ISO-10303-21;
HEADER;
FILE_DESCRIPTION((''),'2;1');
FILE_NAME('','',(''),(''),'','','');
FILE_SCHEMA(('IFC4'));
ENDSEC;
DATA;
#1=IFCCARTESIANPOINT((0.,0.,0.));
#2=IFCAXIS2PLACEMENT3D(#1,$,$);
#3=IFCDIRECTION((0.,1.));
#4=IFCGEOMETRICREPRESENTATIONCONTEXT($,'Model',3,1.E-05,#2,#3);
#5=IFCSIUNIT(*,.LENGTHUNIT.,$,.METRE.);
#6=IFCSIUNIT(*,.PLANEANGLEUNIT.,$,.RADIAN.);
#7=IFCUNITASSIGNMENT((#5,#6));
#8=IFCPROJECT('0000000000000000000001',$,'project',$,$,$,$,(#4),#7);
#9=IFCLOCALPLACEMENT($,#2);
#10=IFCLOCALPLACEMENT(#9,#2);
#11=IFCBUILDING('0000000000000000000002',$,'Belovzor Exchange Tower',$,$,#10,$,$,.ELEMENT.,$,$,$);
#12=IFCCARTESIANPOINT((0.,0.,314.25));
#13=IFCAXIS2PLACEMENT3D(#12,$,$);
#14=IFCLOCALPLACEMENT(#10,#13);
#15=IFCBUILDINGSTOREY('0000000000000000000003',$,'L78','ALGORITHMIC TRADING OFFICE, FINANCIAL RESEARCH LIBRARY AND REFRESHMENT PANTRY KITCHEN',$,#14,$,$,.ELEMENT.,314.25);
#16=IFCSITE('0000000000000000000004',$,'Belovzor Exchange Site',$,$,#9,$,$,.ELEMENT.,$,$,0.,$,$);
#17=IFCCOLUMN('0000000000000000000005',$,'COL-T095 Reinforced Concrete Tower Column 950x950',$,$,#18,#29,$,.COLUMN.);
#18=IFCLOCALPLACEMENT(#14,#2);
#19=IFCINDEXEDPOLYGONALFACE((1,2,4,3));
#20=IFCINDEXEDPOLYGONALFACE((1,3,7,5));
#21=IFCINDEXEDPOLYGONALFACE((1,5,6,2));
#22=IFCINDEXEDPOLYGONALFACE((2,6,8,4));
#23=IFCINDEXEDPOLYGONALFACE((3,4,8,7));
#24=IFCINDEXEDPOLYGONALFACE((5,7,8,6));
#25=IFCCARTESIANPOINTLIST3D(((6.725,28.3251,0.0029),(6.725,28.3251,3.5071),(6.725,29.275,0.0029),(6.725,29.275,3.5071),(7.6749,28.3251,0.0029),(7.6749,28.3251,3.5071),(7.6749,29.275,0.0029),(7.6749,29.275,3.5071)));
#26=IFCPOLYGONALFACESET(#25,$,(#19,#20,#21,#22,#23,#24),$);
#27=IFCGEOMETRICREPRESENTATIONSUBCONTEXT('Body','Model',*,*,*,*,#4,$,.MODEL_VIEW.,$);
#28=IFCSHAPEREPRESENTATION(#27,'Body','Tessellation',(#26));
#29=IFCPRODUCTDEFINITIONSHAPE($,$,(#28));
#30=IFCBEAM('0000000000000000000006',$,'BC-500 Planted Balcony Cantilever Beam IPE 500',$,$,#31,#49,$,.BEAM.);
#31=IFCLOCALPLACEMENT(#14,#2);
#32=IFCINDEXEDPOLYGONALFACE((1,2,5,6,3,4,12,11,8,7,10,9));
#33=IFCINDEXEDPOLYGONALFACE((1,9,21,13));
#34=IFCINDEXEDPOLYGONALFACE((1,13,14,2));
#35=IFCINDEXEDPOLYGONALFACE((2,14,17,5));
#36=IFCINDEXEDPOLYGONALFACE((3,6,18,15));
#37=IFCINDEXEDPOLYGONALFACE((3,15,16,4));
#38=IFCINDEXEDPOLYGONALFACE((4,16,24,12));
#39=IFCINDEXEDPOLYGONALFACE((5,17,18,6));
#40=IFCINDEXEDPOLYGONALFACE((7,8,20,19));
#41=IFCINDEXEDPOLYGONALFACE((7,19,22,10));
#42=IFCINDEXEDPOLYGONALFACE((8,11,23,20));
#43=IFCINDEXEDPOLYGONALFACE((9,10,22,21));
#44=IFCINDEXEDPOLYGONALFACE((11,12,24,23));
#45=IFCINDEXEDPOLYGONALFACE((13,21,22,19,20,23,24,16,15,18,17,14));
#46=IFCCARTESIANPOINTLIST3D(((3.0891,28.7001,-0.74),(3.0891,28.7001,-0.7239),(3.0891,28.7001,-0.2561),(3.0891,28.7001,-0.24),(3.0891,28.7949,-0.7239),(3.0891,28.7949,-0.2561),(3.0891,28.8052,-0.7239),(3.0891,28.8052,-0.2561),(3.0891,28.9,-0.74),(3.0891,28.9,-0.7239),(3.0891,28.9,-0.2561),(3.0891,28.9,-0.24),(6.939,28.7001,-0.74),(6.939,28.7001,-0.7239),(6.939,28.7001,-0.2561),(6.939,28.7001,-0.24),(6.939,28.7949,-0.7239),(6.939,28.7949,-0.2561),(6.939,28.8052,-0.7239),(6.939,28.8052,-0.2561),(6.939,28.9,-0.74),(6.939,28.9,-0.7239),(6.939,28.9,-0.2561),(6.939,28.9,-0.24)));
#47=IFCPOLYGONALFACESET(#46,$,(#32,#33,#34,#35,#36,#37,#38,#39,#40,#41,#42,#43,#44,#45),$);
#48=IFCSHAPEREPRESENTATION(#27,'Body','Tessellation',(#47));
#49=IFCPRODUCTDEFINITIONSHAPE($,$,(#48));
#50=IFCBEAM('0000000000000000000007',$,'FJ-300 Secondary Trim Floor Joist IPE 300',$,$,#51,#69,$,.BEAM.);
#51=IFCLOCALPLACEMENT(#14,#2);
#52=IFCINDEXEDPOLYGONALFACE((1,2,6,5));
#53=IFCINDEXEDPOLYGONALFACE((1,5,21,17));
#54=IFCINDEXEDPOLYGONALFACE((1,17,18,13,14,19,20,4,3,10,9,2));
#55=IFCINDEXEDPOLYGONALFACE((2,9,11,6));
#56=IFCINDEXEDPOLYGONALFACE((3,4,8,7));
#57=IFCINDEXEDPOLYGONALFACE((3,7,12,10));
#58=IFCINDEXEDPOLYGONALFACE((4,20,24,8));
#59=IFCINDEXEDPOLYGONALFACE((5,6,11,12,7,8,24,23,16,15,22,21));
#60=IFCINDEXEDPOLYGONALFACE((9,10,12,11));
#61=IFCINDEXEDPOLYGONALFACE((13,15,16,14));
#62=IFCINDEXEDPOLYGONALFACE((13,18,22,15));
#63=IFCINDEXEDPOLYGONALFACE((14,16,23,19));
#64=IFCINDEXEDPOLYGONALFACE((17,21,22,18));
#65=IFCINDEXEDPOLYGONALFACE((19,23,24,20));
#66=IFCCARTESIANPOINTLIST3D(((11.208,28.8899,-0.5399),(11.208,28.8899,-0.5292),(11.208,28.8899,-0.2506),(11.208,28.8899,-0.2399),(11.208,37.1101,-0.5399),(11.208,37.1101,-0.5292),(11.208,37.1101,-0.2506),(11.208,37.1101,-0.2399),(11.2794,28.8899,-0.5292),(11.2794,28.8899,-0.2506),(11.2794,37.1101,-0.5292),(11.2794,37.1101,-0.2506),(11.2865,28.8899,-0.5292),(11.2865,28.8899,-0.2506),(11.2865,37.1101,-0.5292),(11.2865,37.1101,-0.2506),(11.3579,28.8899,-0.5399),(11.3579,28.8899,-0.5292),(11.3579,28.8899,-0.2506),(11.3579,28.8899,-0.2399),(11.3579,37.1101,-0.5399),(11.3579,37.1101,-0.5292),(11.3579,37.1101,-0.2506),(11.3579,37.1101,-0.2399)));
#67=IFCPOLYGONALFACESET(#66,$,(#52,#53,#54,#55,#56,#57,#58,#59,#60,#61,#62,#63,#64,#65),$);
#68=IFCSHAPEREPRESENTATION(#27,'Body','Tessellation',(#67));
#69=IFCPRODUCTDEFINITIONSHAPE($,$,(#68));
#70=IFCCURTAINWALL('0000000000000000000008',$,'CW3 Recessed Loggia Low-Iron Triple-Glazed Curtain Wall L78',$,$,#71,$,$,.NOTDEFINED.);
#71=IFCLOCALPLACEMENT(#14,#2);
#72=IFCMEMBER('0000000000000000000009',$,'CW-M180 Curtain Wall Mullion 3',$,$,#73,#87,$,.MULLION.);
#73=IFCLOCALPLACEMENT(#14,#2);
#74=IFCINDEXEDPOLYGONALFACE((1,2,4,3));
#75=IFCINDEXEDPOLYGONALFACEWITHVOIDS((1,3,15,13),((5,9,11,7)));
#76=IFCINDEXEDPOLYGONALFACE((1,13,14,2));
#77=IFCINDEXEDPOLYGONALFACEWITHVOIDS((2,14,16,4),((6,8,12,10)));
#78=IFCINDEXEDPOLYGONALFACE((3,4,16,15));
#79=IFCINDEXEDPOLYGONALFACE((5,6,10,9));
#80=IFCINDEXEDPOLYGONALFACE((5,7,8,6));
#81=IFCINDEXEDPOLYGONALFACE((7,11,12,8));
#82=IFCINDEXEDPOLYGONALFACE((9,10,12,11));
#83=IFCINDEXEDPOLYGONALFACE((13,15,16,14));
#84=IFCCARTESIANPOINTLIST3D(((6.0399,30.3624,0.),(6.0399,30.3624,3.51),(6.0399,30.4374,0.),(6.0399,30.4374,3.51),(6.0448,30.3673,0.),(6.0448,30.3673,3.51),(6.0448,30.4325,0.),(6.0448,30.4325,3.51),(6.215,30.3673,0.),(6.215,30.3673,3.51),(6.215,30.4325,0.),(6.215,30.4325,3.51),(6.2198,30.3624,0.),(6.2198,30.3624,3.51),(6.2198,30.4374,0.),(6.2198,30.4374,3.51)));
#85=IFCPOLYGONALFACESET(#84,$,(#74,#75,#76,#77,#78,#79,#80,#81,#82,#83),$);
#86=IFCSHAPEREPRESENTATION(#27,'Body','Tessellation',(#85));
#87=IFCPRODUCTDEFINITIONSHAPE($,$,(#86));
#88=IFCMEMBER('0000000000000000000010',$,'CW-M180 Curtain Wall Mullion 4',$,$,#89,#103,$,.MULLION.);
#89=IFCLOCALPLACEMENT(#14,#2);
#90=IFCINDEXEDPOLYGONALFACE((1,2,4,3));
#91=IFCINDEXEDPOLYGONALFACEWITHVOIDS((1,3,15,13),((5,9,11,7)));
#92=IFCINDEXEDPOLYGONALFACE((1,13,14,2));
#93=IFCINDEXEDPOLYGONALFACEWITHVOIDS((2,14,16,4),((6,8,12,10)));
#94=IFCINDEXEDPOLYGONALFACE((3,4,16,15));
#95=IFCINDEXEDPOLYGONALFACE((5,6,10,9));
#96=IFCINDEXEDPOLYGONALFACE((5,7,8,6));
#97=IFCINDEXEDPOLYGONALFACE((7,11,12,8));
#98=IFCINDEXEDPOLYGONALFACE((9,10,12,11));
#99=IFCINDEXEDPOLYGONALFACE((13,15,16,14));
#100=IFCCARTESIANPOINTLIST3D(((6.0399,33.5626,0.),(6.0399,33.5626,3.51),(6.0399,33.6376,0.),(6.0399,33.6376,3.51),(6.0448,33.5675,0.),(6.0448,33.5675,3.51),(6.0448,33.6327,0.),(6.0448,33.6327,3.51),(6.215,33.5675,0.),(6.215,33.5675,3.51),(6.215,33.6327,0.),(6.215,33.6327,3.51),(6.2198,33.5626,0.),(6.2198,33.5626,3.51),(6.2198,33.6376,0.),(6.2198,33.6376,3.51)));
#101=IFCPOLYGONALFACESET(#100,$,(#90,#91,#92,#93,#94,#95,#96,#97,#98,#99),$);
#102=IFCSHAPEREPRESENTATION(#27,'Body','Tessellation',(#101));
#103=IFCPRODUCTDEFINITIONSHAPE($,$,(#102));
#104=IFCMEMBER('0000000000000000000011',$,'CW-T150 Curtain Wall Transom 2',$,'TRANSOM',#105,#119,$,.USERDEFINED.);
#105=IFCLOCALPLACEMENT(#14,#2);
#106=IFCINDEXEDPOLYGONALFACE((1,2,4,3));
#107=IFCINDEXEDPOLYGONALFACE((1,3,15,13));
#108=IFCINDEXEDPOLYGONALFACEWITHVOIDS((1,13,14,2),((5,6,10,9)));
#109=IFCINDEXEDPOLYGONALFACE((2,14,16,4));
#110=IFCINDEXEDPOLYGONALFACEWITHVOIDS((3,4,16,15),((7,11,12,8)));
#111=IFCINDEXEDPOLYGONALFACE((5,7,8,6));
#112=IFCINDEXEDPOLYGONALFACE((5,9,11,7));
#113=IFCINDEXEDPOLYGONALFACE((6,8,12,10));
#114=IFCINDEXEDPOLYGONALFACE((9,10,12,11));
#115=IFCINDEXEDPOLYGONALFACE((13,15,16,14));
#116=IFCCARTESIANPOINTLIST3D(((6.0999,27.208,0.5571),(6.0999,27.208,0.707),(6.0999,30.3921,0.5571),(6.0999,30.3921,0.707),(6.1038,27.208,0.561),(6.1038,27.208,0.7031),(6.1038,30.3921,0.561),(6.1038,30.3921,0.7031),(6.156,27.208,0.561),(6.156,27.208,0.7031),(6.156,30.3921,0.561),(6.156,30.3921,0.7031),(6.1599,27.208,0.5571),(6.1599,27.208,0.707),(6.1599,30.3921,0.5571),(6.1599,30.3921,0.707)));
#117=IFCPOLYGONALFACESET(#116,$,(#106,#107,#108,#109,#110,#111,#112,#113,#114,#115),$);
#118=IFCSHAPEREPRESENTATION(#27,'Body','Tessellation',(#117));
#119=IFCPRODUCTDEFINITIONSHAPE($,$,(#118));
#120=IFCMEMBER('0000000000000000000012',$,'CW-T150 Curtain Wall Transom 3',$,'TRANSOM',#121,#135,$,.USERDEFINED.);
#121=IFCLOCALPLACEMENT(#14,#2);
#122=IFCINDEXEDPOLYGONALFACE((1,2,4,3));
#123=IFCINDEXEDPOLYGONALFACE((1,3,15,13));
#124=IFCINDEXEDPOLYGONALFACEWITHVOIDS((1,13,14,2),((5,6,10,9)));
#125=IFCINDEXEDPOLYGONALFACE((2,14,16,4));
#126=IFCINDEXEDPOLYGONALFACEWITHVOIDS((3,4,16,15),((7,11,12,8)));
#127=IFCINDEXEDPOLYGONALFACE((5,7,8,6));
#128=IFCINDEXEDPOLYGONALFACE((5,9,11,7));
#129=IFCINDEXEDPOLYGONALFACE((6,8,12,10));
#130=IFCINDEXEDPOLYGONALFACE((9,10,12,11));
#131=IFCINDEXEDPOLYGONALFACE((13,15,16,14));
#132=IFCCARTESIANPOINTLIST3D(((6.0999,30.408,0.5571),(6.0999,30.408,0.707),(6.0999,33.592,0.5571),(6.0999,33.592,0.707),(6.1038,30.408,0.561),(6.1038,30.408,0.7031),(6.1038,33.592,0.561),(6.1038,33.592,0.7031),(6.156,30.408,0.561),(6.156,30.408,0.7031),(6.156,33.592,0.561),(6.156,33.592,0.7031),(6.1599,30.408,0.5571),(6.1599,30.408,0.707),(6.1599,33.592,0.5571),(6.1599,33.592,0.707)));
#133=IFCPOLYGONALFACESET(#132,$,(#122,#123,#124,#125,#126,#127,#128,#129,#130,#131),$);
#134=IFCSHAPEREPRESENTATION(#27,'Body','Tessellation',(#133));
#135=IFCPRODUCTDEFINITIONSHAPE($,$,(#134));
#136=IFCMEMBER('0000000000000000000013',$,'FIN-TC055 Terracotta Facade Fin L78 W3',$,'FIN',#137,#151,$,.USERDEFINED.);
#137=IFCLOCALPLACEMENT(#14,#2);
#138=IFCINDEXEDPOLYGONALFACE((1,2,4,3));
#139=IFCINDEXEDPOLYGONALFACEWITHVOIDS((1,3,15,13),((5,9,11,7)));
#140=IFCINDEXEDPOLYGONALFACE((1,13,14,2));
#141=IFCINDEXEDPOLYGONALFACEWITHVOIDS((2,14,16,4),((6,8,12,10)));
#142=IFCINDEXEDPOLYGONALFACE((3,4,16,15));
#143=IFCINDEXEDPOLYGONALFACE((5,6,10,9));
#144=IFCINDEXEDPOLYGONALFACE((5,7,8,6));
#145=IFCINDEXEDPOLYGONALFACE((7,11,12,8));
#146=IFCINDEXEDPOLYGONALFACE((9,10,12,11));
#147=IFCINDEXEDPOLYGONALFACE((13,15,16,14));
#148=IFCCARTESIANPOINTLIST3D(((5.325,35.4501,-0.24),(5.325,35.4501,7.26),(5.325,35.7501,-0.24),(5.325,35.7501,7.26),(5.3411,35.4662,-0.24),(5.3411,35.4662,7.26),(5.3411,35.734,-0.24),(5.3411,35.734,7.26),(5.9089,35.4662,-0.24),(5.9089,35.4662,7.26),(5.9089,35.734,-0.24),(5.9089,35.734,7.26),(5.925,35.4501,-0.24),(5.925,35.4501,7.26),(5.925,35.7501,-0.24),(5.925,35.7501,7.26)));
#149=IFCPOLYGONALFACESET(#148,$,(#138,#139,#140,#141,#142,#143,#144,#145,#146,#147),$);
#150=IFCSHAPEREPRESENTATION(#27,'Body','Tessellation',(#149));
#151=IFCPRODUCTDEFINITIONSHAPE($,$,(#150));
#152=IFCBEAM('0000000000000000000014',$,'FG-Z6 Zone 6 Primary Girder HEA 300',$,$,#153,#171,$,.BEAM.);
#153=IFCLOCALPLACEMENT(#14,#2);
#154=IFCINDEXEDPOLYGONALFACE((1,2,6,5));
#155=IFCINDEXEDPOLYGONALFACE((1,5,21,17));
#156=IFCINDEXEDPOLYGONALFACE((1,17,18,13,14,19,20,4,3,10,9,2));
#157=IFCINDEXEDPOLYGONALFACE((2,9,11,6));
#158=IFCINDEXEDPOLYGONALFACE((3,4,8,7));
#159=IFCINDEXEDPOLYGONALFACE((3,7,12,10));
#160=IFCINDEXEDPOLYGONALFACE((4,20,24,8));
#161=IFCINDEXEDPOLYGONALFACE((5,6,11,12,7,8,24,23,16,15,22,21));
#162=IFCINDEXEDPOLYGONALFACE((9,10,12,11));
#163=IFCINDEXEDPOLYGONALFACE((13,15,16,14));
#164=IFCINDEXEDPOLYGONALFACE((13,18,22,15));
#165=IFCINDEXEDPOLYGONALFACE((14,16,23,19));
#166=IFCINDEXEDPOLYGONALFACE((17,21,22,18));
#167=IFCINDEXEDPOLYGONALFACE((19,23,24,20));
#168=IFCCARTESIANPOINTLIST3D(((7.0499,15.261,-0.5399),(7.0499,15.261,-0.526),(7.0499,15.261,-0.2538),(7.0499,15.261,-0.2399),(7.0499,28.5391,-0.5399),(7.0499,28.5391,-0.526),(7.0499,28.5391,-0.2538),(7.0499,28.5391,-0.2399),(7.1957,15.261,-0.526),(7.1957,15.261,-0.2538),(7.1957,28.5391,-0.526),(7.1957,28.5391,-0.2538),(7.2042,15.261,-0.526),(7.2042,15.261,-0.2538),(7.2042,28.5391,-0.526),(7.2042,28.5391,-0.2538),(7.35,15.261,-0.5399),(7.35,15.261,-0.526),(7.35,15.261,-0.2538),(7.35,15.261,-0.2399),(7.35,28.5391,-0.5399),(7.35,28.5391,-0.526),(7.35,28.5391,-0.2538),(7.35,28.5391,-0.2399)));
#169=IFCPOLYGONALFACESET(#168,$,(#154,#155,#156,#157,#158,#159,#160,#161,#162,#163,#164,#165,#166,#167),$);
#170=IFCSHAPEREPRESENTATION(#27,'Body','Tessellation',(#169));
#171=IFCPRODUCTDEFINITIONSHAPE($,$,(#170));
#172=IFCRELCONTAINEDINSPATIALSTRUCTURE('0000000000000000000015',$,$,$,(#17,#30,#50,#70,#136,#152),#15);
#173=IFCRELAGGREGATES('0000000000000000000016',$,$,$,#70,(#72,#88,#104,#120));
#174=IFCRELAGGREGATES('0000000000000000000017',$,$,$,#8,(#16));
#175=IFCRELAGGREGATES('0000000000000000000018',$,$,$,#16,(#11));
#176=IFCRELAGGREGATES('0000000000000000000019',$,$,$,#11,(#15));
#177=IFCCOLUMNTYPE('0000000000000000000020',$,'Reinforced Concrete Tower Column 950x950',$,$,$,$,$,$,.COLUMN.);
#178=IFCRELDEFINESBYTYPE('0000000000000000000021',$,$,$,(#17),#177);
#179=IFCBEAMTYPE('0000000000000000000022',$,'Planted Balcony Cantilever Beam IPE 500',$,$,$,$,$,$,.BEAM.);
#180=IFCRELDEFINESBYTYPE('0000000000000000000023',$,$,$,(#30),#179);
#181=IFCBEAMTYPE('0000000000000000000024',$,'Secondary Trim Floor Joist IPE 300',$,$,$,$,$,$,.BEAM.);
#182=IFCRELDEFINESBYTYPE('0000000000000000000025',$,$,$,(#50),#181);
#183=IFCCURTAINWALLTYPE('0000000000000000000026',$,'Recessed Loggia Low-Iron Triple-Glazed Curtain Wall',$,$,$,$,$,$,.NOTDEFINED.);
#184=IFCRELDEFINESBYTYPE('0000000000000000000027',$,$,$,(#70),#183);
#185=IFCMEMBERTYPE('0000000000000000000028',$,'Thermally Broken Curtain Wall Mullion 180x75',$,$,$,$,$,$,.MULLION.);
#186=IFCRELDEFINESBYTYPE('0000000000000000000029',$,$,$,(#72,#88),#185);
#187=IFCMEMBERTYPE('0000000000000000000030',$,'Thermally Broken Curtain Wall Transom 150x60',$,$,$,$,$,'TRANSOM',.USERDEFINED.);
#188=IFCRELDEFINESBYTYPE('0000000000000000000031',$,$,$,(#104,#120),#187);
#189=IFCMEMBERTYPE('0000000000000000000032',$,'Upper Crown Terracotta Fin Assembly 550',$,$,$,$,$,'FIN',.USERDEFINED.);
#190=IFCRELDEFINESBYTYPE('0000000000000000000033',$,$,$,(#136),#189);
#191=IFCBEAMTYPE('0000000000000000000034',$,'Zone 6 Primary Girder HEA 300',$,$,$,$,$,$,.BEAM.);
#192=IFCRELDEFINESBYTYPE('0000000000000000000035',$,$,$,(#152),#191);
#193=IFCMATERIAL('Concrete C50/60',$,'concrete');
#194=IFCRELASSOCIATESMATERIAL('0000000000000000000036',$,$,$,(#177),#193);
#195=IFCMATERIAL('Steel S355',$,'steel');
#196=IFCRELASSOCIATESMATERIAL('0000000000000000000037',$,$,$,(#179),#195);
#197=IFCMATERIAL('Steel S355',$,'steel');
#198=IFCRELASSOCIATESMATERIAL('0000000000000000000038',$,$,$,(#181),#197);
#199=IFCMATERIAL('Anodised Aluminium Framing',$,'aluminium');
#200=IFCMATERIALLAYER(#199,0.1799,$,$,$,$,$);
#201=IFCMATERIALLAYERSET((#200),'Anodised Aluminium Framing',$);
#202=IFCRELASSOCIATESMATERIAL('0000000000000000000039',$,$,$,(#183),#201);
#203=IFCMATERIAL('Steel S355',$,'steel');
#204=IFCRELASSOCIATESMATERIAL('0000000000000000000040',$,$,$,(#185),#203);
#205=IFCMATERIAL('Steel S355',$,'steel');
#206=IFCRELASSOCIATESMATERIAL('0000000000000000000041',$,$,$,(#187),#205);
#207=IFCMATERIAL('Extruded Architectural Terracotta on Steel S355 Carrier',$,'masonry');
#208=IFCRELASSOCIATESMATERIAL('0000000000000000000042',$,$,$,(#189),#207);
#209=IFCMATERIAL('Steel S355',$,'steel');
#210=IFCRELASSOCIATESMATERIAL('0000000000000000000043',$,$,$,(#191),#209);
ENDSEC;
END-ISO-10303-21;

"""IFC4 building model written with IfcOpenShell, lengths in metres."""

from ifc_helpers import new_model, si_unit, direction, frame, origin, origin_2d, place, context, subcontext, project, spatial, rectangle, hollow_rectangle, i_section, extrude, material, layer, layer_set, material_profile, profile_set, type_object, element, aggregate, save


model = new_model("IFC4")

# Units and contexts
model_context = context("Model", 3, precision=1e-05, world=origin(), true_north=direction((0.0, 1.0)))
body_context = subcontext(model_context, "Body", "Model", "MODEL_VIEW")
ifc_project = project(units=[si_unit("LENGTHUNIT", "METRE"), si_unit("PLANEANGLEUNIT", "RADIAN")], contexts=[model_context])

# Site, building, storey
site_placement = place(None, origin())
site = spatial("IfcSite", under=ifc_project, at=site_placement, Name="Belovzor Exchange Site", CompositionType="ELEMENT", RefElevation=0.0)
building_placement = place(site_placement, origin())
building = spatial("IfcBuilding", under=site, at=building_placement, Name="Belovzor Exchange Tower", CompositionType="ELEMENT")
storey_placement = place(building_placement, frame((0.0, 0.0, 314.25)))
storey = spatial("IfcBuildingStorey", under=building, at=storey_placement, Name="L78", Description="ALGORITHMIC TRADING OFFICE, FINANCIAL RESEARCH LIBRARY AND REFRESHMENT PANTRY KITCHEN", CompositionType="ELEMENT", Elevation=314.25)

# Column
ifc_material_1 = material(Name="Concrete C50/60", Category="concrete")
ifc_material_profile_1 = material_profile(ifc_material_1, rectangle(XDim=0.95, YDim=0.95, at=origin_2d()))
ifc_profile_set_1 = profile_set([ifc_material_profile_1], Name="Concrete C50/60")
column_type = type_object("IfcColumnType", Name="Reinforced Concrete Tower Column 950x950", PredefinedType="COLUMN", material=ifc_profile_set_1)
column_placement = place(storey_placement, frame((7.2, 28.8, 0.0029), z_axis=(0.0, 0.0, 1.0), x_axis=(1.0, 0.0, 0.0)))
element("IfcColumn", 1, at=column_placement, inside=storey, type_object=column_type, Name="COL-T095 Reinforced Concrete Tower Column 950x950", PredefinedType="COLUMN", context=body_context, shape_type="SweptSolid", body=[
    extrude(rectangle(XDim=0.95, YDim=0.95, at=origin_2d()), origin(), (0.0, 0.0, 1.0), 3.5042),
])

# Beams
ifc_material_2 = material(Name="Steel S355", Category="steel")
ifc_material_profile_2 = material_profile(ifc_material_2, i_section(OverallWidth=0.2, OverallDepth=0.5, WebThickness=0.0103, FlangeThickness=0.0161, at=origin_2d()))
ifc_profile_set_2 = profile_set([ifc_material_profile_2], Name="Steel S355")
beam_type_1 = type_object("IfcBeamType", Name="Planted Balcony Cantilever Beam IPE 500", PredefinedType="BEAM", material=ifc_profile_set_2)
beam_1_placement = place(storey_placement, frame((6.939, 28.8, -0.49), z_axis=(-1.0, 0.0, 0.0), x_axis=(0.0, -1.0, 0.0)))
element("IfcBeam", 2, at=beam_1_placement, inside=storey, type_object=beam_type_1, Name="BC-500 Planted Balcony Cantilever Beam IPE 500", PredefinedType="BEAM", context=body_context, shape_type="SweptSolid", body=[
    extrude(i_section(OverallWidth=0.2, OverallDepth=0.5, WebThickness=0.0103, FlangeThickness=0.0161, at=origin_2d()), origin(), (0.0, 0.0, 1.0), 3.8499),
])
ifc_material_3 = material(Name="Steel S355", Category="steel")
ifc_material_profile_3 = material_profile(ifc_material_3, i_section(OverallWidth=0.1499, OverallDepth=0.3, WebThickness=0.0071, FlangeThickness=0.0107, at=origin_2d()))
ifc_profile_set_3 = profile_set([ifc_material_profile_3], Name="Steel S355")
beam_type_2 = type_object("IfcBeamType", Name="Secondary Trim Floor Joist IPE 300", PredefinedType="BEAM", material=ifc_profile_set_3)
beam_2_placement = place(storey_placement, frame((11.283, 28.8899, -0.3899), z_axis=(0.0, 1.0, 0.0), x_axis=(-1.0, 0.0, 0.0)))
element("IfcBeam", 3, at=beam_2_placement, inside=storey, type_object=beam_type_2, Name="FJ-300 Secondary Trim Floor Joist IPE 300", PredefinedType="BEAM", context=body_context, shape_type="SweptSolid", body=[
    extrude(i_section(OverallWidth=0.1499, OverallDepth=0.3, WebThickness=0.0071, FlangeThickness=0.0107, at=origin_2d()), origin(), (0.0, 0.0, 1.0), 8.2202),
])

# Curtain wall, members
ifc_material_4 = material(Name="Anodised Aluminium Framing", Category="aluminium")
ifc_layer_1 = layer(ifc_material_4, 0.1799)
ifc_layer_set_1 = layer_set([ifc_layer_1], Name="Anodised Aluminium Framing")
curtain_wall_type = type_object("IfcCurtainWallType", Name="Recessed Loggia Low-Iron Triple-Glazed Curtain Wall", PredefinedType="NOTDEFINED", material=ifc_layer_set_1)
curtain_wall_placement = place(storey_placement, origin())
curtain_wall = element("IfcCurtainWall", 4, at=curtain_wall_placement, inside=storey, type_object=curtain_wall_type, Name="CW3 Recessed Loggia Low-Iron Triple-Glazed Curtain Wall L78", PredefinedType="NOTDEFINED")
ifc_material_5 = material(Name="Steel S355", Category="steel")
ifc_material_profile_4 = material_profile(ifc_material_5, hollow_rectangle(XDim=0.075, YDim=0.1799, WallThickness=0.0049, at=origin_2d()))
ifc_profile_set_4 = profile_set([ifc_material_profile_4], Name="Steel S355")
member_type_1 = type_object("IfcMemberType", Name="Thermally Broken Curtain Wall Mullion 180x75", PredefinedType="MULLION", material=ifc_profile_set_4)
member_1_placement = place(storey_placement, frame((6.1299, 30.3999, 0.0), z_axis=(0.0, 0.0, 1.0), x_axis=(0.0, 1.0, 0.0)))
member_1 = element("IfcMember", 5, at=member_1_placement, type_object=member_type_1, Name="CW-M180 Curtain Wall Mullion 3", PredefinedType="MULLION", context=body_context, shape_type="SweptSolid", body=[
    extrude(hollow_rectangle(XDim=0.075, YDim=0.1799, WallThickness=0.0049, at=origin_2d()), origin(), (0.0, 0.0, 1.0), 3.51),
])
member_2_placement = place(storey_placement, frame((6.1299, 33.6001, 0.0), z_axis=(0.0, 0.0, 1.0), x_axis=(0.0, 1.0, 0.0)))
member_2 = element("IfcMember", 6, at=member_2_placement, type_object=member_type_1, Name="CW-M180 Curtain Wall Mullion 4", PredefinedType="MULLION", context=body_context, shape_type="SweptSolid", body=[
    extrude(hollow_rectangle(XDim=0.075, YDim=0.1799, WallThickness=0.0049, at=origin_2d()), origin(), (0.0, 0.0, 1.0), 3.51),
])
ifc_material_6 = material(Name="Steel S355", Category="steel")
ifc_material_profile_5 = material_profile(ifc_material_6, hollow_rectangle(XDim=0.0601, YDim=0.1499, WallThickness=0.0039, at=origin_2d()))
ifc_profile_set_5 = profile_set([ifc_material_profile_5], Name="Steel S355")
member_type_2 = type_object("IfcMemberType", Name="Thermally Broken Curtain Wall Transom 150x60", ElementType="TRANSOM", PredefinedType="USERDEFINED", material=ifc_profile_set_5)
member_3_placement = place(storey_placement, frame((6.1299, 27.208, 0.6321), z_axis=(0.0, 1.0, 0.0), x_axis=(-1.0, 0.0, 0.0)))
member_3 = element("IfcMember", 7, at=member_3_placement, type_object=member_type_2, Name="CW-T150 Curtain Wall Transom 2", ObjectType="TRANSOM", PredefinedType="USERDEFINED", context=body_context, shape_type="SweptSolid", body=[
    extrude(hollow_rectangle(XDim=0.0601, YDim=0.1499, WallThickness=0.0039, at=origin_2d()), origin(), (0.0, 0.0, 1.0), 3.1841),
])
member_4_placement = place(storey_placement, frame((6.1299, 30.408, 0.6321), z_axis=(0.0, 1.0, 0.0), x_axis=(-1.0, 0.0, 0.0)))
member_4 = element("IfcMember", 8, at=member_4_placement, type_object=member_type_2, Name="CW-T150 Curtain Wall Transom 3", ObjectType="TRANSOM", PredefinedType="USERDEFINED", context=body_context, shape_type="SweptSolid", body=[
    extrude(hollow_rectangle(XDim=0.0601, YDim=0.1499, WallThickness=0.0039, at=origin_2d()), origin(), (0.0, 0.0, 1.0), 3.1841),
])

# Member
ifc_material_7 = material(Name="Extruded Architectural Terracotta on Steel S355 Carrier", Category="masonry")
ifc_material_profile_6 = material_profile(ifc_material_7, hollow_rectangle(XDim=0.3, YDim=0.6001, WallThickness=0.0161, at=origin_2d()))
ifc_profile_set_6 = profile_set([ifc_material_profile_6], Name="Extruded Architectural Terracotta on Steel S355 Carrier")
member_type_3 = type_object("IfcMemberType", Name="Upper Crown Terracotta Fin Assembly 550", ElementType="FIN", PredefinedType="USERDEFINED", material=ifc_profile_set_6)
member_5_placement = place(storey_placement, frame((5.625, 35.6001, -0.24), z_axis=(0.0, 0.0, 1.0), x_axis=(0.0, 1.0, 0.0)))
element("IfcMember", 9, at=member_5_placement, inside=storey, type_object=member_type_3, Name="FIN-TC055 Terracotta Facade Fin L78 W3", ObjectType="FIN", PredefinedType="USERDEFINED", context=body_context, shape_type="SweptSolid", body=[
    extrude(hollow_rectangle(XDim=0.3, YDim=0.6001, WallThickness=0.0161, at=origin_2d()), origin(), (0.0, 0.0, 1.0), 7.5),
])

# Beam
ifc_material_8 = material(Name="Steel S355", Category="steel")
ifc_material_profile_7 = material_profile(ifc_material_8, i_section(OverallWidth=0.3, OverallDepth=0.3, WebThickness=0.0085, FlangeThickness=0.0139, at=origin_2d()))
ifc_profile_set_7 = profile_set([ifc_material_profile_7], Name="Steel S355")
beam_type_3 = type_object("IfcBeamType", Name="Zone 6 Primary Girder HEA 300", PredefinedType="BEAM", material=ifc_profile_set_7)
beam_3_placement = place(storey_placement, frame((7.2, 28.5391, -0.3899), z_axis=(0.0, -1.0, 0.0), x_axis=(1.0, 0.0, 0.0)))
element("IfcBeam", 10, at=beam_3_placement, inside=storey, type_object=beam_type_3, Name="FG-Z6 Zone 6 Primary Girder HEA 300", PredefinedType="BEAM", context=body_context, shape_type="SweptSolid", body=[
    extrude(i_section(OverallWidth=0.3, OverallDepth=0.3, WebThickness=0.0085, FlangeThickness=0.0139, at=origin_2d()), origin(), (0.0, 0.0, 1.0), 13.2781),
])

aggregate(curtain_wall, [member_1, member_2, member_3, member_4])

save(model, "model.ifc")
